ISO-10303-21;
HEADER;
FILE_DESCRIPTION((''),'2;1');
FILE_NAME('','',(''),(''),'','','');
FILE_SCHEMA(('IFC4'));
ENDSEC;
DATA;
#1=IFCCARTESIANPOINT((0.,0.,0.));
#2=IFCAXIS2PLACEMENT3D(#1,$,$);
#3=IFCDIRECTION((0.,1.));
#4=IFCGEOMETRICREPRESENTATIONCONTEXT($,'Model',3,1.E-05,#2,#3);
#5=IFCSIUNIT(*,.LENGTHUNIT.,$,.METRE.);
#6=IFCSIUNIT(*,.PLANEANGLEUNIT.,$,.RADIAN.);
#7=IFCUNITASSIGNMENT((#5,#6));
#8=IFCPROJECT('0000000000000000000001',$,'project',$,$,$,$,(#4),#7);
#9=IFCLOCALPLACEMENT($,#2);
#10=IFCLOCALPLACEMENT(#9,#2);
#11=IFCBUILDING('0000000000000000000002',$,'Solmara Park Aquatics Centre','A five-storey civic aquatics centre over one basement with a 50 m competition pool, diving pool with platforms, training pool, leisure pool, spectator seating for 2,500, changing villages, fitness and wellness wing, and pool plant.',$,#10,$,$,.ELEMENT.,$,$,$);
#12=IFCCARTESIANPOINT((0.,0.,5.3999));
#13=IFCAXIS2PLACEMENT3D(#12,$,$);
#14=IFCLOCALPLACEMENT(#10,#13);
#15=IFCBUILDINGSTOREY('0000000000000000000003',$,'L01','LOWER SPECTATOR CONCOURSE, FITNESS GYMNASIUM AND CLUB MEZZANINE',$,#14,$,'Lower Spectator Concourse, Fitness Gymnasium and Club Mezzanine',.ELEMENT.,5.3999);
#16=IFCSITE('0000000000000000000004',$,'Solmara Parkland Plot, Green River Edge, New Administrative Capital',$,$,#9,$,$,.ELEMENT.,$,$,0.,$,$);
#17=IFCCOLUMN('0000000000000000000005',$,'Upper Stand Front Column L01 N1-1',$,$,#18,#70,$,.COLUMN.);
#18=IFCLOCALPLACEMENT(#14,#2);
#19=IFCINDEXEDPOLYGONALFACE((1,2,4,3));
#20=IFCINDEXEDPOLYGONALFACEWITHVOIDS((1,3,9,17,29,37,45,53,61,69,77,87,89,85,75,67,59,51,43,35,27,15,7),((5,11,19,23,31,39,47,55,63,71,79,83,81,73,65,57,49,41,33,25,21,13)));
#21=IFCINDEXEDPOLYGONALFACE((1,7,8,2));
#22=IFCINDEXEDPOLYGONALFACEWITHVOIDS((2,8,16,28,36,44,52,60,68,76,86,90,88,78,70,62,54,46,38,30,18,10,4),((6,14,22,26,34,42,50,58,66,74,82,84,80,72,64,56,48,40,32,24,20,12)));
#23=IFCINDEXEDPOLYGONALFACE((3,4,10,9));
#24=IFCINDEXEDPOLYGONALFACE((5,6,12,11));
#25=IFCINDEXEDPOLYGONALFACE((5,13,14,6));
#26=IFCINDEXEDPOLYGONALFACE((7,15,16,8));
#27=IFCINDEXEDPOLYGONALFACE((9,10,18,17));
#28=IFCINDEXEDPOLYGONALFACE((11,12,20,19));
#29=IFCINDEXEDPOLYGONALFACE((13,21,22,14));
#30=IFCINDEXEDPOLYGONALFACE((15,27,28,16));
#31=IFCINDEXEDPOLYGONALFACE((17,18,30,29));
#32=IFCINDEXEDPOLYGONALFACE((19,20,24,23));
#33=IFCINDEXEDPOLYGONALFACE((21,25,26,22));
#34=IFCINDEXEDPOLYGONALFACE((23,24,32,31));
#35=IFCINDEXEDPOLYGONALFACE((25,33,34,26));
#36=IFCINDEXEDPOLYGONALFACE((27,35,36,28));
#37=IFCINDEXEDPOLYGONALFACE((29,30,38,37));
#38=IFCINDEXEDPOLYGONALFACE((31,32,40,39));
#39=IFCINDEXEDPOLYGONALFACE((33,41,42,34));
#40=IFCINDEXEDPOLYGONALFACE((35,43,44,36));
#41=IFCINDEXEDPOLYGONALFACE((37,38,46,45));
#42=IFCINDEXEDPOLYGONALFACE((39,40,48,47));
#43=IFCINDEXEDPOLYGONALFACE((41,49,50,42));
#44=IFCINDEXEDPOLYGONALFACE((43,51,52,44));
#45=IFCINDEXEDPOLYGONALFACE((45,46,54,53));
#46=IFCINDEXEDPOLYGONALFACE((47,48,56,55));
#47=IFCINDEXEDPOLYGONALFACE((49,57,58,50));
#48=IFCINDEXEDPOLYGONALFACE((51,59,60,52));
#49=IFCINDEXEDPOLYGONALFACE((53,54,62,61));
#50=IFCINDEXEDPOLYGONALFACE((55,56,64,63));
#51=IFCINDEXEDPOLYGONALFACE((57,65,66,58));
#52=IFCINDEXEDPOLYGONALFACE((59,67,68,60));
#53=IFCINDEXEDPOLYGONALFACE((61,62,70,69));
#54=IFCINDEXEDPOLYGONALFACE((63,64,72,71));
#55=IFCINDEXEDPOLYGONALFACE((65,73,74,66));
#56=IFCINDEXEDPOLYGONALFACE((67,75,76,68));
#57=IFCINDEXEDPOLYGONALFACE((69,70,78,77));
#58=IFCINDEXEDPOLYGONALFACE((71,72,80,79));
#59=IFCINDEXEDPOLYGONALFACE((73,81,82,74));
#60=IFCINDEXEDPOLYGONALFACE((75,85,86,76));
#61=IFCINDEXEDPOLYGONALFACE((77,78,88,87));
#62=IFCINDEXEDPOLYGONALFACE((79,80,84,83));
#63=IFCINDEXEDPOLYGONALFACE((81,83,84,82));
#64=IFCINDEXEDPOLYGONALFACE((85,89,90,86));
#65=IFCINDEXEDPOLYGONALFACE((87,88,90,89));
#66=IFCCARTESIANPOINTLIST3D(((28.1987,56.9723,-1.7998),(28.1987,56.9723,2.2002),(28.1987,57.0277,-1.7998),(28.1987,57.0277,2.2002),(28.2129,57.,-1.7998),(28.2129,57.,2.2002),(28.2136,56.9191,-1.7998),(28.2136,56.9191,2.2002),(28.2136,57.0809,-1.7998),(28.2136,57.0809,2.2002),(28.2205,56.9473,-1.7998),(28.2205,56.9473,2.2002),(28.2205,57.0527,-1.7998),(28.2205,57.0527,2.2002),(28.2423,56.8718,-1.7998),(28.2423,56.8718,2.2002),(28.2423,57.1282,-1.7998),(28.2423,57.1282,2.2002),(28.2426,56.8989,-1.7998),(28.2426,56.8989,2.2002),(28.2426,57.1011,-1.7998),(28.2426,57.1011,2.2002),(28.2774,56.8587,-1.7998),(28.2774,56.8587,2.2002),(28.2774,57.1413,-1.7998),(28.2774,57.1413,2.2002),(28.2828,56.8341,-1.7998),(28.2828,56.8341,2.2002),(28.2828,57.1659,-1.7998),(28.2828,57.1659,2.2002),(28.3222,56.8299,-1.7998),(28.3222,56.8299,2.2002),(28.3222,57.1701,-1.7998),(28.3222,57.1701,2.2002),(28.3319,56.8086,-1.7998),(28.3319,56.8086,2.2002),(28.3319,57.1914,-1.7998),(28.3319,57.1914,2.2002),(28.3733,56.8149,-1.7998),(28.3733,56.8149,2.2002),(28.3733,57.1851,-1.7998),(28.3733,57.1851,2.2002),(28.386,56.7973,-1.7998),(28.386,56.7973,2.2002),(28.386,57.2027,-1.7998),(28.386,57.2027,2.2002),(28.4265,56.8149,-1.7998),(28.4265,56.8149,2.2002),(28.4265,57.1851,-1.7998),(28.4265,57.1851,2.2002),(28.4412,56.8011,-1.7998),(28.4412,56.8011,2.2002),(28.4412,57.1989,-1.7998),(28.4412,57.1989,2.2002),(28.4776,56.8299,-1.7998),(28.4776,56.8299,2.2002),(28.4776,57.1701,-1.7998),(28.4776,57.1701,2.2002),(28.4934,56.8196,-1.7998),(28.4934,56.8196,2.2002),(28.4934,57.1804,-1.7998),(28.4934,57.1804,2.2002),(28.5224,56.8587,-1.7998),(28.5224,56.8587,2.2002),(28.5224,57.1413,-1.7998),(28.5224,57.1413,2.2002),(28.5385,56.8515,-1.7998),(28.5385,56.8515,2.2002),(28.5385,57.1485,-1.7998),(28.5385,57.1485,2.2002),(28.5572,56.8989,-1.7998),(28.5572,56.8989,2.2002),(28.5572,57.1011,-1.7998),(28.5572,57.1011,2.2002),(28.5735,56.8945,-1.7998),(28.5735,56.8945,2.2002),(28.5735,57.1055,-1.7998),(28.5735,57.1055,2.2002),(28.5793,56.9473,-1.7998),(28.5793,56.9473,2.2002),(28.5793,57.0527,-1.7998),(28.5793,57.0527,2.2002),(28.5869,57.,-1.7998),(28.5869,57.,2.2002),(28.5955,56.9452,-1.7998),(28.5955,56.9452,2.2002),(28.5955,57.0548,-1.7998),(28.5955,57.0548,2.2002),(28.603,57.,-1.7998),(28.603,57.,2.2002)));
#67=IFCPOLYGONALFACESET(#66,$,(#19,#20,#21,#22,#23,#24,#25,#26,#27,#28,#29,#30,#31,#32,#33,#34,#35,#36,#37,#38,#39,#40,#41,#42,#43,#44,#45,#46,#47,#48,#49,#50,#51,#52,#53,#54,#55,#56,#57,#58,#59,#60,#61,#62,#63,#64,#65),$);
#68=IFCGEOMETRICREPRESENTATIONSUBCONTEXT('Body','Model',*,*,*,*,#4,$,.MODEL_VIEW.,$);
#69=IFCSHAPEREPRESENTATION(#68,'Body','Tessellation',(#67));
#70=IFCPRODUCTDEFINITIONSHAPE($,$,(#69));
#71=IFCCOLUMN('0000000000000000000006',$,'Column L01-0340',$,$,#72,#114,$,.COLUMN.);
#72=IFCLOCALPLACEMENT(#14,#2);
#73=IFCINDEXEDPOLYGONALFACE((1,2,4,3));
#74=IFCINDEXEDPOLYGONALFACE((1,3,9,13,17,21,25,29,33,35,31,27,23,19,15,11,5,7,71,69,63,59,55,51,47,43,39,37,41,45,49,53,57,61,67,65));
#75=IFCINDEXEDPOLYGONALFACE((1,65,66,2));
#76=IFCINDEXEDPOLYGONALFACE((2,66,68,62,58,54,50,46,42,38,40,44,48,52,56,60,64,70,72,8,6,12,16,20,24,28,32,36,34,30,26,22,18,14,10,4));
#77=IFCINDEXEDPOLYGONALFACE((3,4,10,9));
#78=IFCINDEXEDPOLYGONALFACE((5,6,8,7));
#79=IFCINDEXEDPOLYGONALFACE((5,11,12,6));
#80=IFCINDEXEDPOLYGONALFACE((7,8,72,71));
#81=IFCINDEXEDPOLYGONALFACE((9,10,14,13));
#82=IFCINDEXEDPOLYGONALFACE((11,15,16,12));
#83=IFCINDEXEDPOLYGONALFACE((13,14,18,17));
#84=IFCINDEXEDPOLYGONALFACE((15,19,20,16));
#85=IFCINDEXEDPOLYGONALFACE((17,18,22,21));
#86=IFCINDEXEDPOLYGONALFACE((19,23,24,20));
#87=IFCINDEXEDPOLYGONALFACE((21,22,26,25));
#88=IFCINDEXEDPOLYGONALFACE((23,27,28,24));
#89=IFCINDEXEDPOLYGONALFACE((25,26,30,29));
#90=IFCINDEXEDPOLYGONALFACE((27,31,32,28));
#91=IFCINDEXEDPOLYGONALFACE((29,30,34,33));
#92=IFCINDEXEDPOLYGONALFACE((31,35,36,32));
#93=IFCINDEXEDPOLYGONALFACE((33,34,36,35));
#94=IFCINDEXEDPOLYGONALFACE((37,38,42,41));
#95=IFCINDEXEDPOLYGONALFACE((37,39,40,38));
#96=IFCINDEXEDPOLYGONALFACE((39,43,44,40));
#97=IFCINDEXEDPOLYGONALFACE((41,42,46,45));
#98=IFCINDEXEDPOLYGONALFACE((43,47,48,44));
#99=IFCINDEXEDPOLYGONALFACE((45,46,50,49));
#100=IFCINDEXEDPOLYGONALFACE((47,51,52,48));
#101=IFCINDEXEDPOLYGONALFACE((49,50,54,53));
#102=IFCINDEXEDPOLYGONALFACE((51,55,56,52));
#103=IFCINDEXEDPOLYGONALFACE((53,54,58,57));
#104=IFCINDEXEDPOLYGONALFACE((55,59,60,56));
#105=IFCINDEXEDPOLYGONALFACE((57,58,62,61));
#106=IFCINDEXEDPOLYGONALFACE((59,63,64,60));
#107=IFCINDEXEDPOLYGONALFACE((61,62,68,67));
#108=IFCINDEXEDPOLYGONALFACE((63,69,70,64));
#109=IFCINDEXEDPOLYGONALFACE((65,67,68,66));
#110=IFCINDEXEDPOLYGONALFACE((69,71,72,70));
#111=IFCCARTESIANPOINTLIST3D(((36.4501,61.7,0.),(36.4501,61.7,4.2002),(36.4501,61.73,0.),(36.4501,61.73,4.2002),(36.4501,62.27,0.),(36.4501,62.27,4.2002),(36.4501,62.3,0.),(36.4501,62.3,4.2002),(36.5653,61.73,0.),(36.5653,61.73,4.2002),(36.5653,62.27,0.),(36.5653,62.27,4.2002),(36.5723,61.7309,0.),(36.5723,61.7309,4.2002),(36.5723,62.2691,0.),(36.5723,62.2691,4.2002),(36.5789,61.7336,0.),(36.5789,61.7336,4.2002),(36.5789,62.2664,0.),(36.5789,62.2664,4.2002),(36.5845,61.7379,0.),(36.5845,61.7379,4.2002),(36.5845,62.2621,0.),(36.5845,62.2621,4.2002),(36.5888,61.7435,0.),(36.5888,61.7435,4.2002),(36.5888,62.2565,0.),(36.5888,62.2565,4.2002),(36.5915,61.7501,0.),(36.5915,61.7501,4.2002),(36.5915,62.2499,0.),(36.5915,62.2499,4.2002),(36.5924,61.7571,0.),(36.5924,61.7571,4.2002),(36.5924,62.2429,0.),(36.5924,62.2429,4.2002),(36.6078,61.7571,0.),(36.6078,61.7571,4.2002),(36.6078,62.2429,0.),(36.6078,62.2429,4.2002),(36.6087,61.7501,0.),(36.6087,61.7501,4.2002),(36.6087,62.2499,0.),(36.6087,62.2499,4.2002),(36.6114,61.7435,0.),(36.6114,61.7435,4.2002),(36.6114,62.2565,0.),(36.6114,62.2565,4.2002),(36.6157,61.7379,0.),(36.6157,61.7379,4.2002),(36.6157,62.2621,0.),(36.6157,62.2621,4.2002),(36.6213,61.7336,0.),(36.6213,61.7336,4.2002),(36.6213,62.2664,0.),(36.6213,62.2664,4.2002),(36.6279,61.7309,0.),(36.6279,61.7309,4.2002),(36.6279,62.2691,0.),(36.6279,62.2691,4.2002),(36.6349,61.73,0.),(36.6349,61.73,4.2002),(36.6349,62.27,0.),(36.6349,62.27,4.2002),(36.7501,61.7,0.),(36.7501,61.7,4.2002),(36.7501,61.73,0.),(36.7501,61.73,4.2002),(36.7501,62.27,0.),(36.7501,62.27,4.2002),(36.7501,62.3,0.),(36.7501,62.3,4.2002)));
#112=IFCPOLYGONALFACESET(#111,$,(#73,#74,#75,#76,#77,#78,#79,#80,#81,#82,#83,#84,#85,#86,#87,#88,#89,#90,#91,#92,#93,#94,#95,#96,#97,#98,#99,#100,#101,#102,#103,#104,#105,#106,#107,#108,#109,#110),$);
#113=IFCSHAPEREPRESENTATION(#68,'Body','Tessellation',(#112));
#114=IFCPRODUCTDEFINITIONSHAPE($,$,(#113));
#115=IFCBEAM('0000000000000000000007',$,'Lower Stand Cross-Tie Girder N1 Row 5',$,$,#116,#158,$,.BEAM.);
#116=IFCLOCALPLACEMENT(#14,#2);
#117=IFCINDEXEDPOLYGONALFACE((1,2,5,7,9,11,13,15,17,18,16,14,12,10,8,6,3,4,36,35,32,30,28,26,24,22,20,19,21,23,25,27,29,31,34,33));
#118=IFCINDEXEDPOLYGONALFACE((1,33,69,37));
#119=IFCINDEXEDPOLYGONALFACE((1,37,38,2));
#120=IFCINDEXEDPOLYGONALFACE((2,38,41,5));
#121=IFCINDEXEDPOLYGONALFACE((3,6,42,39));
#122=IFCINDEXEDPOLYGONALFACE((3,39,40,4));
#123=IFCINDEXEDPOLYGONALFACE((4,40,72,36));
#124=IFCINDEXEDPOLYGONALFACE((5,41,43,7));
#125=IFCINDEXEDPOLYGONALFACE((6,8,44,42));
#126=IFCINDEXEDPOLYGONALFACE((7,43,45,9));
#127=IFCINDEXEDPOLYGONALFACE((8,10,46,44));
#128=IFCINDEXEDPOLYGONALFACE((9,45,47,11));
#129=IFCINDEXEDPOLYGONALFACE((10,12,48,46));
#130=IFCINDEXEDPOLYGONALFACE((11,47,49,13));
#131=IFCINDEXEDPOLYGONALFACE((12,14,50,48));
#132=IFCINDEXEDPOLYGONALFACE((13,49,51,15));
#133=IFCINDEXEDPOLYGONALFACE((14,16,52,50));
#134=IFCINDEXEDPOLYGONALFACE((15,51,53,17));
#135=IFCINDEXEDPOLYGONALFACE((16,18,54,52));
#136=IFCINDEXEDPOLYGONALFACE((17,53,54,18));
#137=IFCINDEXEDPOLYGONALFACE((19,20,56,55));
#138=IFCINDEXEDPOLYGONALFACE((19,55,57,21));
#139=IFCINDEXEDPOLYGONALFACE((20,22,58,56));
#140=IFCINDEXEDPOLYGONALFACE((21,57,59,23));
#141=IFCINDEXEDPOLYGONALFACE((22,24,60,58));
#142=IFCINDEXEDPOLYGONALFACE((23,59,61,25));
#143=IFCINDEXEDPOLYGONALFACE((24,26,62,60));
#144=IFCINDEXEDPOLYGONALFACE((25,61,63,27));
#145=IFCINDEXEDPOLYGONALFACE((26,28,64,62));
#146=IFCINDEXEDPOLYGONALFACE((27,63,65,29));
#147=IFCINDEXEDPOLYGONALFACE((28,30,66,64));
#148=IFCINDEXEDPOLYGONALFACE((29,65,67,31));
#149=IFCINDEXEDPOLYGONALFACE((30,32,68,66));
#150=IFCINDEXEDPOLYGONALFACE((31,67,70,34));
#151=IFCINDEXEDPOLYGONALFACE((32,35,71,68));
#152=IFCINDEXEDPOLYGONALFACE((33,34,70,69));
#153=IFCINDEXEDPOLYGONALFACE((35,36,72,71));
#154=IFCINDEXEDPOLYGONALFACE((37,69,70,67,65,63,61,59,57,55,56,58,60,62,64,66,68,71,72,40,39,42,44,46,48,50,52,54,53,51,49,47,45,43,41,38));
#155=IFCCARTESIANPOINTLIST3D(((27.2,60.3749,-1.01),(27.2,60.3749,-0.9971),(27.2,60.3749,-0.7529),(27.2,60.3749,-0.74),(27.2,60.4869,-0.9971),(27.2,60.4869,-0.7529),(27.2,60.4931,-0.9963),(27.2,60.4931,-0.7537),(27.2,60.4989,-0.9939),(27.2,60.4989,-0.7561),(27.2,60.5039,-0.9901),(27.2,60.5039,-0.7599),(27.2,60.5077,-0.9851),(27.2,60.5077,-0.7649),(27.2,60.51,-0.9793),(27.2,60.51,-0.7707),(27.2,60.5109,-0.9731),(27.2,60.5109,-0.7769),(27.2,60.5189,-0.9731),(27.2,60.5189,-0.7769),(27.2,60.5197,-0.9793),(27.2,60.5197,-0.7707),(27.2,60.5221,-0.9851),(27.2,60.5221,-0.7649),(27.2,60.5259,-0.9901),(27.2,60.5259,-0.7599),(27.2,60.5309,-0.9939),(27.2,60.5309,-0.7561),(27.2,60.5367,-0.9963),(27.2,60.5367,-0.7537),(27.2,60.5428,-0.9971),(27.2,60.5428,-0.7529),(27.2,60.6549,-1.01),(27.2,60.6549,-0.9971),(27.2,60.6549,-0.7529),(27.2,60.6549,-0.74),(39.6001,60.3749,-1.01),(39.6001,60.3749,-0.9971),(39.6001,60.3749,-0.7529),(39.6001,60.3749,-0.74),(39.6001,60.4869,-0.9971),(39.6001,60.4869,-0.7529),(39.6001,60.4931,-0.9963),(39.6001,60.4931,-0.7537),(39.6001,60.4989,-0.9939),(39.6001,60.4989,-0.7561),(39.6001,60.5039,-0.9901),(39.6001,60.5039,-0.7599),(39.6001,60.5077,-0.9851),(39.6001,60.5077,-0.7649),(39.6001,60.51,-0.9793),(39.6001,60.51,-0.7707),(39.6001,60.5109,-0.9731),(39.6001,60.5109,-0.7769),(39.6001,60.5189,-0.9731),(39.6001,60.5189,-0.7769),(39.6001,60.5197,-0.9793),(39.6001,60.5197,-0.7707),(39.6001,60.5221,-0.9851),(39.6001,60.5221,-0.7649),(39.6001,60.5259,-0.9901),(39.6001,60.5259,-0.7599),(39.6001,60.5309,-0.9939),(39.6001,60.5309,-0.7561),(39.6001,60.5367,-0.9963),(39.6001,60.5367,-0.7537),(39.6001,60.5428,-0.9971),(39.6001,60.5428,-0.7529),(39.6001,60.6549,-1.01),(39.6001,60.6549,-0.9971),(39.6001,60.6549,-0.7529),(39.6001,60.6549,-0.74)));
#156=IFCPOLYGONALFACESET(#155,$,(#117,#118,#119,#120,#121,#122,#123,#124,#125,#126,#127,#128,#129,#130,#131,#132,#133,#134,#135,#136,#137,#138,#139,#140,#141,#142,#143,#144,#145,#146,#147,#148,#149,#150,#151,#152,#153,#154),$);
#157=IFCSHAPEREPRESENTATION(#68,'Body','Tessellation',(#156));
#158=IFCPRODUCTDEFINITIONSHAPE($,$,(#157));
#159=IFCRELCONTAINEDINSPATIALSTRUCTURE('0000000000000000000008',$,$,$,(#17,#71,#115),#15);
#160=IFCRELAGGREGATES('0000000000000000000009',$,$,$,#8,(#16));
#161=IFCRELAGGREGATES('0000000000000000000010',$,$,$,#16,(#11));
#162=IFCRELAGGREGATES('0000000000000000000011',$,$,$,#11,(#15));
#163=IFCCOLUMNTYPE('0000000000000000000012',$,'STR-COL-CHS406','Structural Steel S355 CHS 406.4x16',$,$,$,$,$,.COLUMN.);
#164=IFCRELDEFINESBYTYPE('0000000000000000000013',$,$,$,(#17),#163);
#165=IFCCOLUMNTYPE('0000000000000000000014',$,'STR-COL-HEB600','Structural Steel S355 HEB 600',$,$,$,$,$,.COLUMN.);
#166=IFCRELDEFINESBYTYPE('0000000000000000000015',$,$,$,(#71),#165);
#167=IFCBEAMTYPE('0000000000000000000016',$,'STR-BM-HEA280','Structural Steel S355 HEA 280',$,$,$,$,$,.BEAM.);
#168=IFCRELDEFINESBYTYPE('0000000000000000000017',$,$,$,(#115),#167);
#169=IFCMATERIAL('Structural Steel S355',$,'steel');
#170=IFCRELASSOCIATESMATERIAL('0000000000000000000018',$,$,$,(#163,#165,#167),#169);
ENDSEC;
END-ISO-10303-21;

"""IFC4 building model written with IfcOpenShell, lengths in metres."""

from ifc_helpers import new_model, si_unit, direction, frame, origin, origin_2d, place, context, subcontext, project, spatial, hollow_circle, i_section, extrude, material, material_profile, profile_set, type_object, element, save


model = new_model("IFC4")

# Units and contexts
model_context = context("Model", 3, precision=1e-05, world=origin(), true_north=direction((0.0, 1.0)))
body_context = subcontext(model_context, "Body", "Model", "MODEL_VIEW")
ifc_project = project(units=[si_unit("LENGTHUNIT", "METRE"), si_unit("PLANEANGLEUNIT", "RADIAN")], contexts=[model_context])

# Site, building, storey
site_placement = place(None, origin())
site = spatial("IfcSite", under=ifc_project, at=site_placement, Name="Solmara Parkland Plot, Green River Edge, New Administrative Capital", CompositionType="ELEMENT", RefElevation=0.0)
building_placement = place(site_placement, origin())
building = spatial("IfcBuilding", under=site, at=building_placement, Name="Solmara Park Aquatics Centre", Description="A five-storey civic aquatics centre over one basement with a 50 m competition pool, diving pool with platforms, training pool, leisure pool, spectator seating for 2,500, changing villages, fitness and wellness wing, and pool plant.", CompositionType="ELEMENT")
storey_placement = place(building_placement, frame((0.0, 0.0, 5.3999)))
storey = spatial("IfcBuildingStorey", under=building, at=storey_placement, Name="L01", Description="LOWER SPECTATOR CONCOURSE, FITNESS GYMNASIUM AND CLUB MEZZANINE", LongName="Lower Spectator Concourse, Fitness Gymnasium and Club Mezzanine", CompositionType="ELEMENT", Elevation=5.3999)

# Columns
ifc_material_1 = material(Name="Structural Steel S355", Category="steel")
ifc_material_profile_1 = material_profile(ifc_material_1, hollow_circle(Radius=0.2031, WallThickness=0.0161, at=origin_2d()), Name="CHS 406.4x16")
ifc_profile_set_1 = profile_set([ifc_material_profile_1], Name="Structural Steel S355")
column_type_1 = type_object("IfcColumnType", Name="STR-COL-CHS406", Description="Structural Steel S355 CHS 406.4x16", PredefinedType="COLUMN", material=ifc_profile_set_1)
column_1_placement = place(storey_placement, frame((28.3999, 57.0, -1.7998), z_axis=(0.0, 0.0, 1.0), x_axis=(1.0, 0.0, 0.0)))
element("IfcColumn", 1, at=column_1_placement, inside=storey, type_object=column_type_1, Name="Upper Stand Front Column L01 N1-1", PredefinedType="COLUMN", context=body_context, shape_type="SweptSolid", body=[
    extrude(hollow_circle(Radius=0.2031, WallThickness=0.0161, at=origin_2d()), origin(), (0.0, 0.0, 1.0), 4.0),
])
ifc_material_profile_2 = material_profile(ifc_material_1, i_section(OverallWidth=0.3, OverallDepth=0.6001, WebThickness=0.0154, FlangeThickness=0.03, FilletRadius=0.0271, at=origin_2d()), Name="HEB 600")
ifc_profile_set_2 = profile_set([ifc_material_profile_2], Name="Structural Steel S355")
column_type_2 = type_object("IfcColumnType", Name="STR-COL-HEB600", Description="Structural Steel S355 HEB 600", PredefinedType="COLUMN", material=ifc_profile_set_2)
column_2_placement = place(storey_placement, frame((36.6001, 62.0, 0.0), z_axis=(0.0, 0.0, 1.0), x_axis=(1.0, 0.0, 0.0)))
element("IfcColumn", 2, at=column_2_placement, inside=storey, type_object=column_type_2, Name="Column L01-0340", PredefinedType="COLUMN", context=body_context, shape_type="SweptSolid", body=[
    extrude(i_section(OverallWidth=0.3, OverallDepth=0.6001, WebThickness=0.0154, FlangeThickness=0.03, FilletRadius=0.0271, at=origin_2d()), origin(), (0.0, 0.0, 1.0), 4.2002),
])

# Beam
ifc_material_profile_3 = material_profile(ifc_material_1, i_section(OverallWidth=0.28, OverallDepth=0.27, WebThickness=0.0081, FlangeThickness=0.0129, FilletRadius=0.0239, at=origin_2d()), Name="HEA 280")
ifc_profile_set_3 = profile_set([ifc_material_profile_3], Name="Structural Steel S355")
beam_type_1 = type_object("IfcBeamType", Name="STR-BM-HEA280", Description="Structural Steel S355 HEA 280", PredefinedType="BEAM", material=ifc_profile_set_3)
beam_1_placement = place(storey_placement, frame((27.2, 60.5149, -0.875), z_axis=(1.0, 0.0, 0.0), x_axis=(0.0, 1.0, 0.0)))
element("IfcBeam", 3, at=beam_1_placement, inside=storey, type_object=beam_type_1, Name="Lower Stand Cross-Tie Girder N1 Row 5", PredefinedType="BEAM", context=body_context, shape_type="SweptSolid", body=[
    extrude(i_section(OverallWidth=0.28, OverallDepth=0.27, WebThickness=0.0081, FlangeThickness=0.0129, FilletRadius=0.0239, at=origin_2d()), origin(), (0.0, 0.0, 1.0), 12.4001),
])

save(model, "model.ifc")
